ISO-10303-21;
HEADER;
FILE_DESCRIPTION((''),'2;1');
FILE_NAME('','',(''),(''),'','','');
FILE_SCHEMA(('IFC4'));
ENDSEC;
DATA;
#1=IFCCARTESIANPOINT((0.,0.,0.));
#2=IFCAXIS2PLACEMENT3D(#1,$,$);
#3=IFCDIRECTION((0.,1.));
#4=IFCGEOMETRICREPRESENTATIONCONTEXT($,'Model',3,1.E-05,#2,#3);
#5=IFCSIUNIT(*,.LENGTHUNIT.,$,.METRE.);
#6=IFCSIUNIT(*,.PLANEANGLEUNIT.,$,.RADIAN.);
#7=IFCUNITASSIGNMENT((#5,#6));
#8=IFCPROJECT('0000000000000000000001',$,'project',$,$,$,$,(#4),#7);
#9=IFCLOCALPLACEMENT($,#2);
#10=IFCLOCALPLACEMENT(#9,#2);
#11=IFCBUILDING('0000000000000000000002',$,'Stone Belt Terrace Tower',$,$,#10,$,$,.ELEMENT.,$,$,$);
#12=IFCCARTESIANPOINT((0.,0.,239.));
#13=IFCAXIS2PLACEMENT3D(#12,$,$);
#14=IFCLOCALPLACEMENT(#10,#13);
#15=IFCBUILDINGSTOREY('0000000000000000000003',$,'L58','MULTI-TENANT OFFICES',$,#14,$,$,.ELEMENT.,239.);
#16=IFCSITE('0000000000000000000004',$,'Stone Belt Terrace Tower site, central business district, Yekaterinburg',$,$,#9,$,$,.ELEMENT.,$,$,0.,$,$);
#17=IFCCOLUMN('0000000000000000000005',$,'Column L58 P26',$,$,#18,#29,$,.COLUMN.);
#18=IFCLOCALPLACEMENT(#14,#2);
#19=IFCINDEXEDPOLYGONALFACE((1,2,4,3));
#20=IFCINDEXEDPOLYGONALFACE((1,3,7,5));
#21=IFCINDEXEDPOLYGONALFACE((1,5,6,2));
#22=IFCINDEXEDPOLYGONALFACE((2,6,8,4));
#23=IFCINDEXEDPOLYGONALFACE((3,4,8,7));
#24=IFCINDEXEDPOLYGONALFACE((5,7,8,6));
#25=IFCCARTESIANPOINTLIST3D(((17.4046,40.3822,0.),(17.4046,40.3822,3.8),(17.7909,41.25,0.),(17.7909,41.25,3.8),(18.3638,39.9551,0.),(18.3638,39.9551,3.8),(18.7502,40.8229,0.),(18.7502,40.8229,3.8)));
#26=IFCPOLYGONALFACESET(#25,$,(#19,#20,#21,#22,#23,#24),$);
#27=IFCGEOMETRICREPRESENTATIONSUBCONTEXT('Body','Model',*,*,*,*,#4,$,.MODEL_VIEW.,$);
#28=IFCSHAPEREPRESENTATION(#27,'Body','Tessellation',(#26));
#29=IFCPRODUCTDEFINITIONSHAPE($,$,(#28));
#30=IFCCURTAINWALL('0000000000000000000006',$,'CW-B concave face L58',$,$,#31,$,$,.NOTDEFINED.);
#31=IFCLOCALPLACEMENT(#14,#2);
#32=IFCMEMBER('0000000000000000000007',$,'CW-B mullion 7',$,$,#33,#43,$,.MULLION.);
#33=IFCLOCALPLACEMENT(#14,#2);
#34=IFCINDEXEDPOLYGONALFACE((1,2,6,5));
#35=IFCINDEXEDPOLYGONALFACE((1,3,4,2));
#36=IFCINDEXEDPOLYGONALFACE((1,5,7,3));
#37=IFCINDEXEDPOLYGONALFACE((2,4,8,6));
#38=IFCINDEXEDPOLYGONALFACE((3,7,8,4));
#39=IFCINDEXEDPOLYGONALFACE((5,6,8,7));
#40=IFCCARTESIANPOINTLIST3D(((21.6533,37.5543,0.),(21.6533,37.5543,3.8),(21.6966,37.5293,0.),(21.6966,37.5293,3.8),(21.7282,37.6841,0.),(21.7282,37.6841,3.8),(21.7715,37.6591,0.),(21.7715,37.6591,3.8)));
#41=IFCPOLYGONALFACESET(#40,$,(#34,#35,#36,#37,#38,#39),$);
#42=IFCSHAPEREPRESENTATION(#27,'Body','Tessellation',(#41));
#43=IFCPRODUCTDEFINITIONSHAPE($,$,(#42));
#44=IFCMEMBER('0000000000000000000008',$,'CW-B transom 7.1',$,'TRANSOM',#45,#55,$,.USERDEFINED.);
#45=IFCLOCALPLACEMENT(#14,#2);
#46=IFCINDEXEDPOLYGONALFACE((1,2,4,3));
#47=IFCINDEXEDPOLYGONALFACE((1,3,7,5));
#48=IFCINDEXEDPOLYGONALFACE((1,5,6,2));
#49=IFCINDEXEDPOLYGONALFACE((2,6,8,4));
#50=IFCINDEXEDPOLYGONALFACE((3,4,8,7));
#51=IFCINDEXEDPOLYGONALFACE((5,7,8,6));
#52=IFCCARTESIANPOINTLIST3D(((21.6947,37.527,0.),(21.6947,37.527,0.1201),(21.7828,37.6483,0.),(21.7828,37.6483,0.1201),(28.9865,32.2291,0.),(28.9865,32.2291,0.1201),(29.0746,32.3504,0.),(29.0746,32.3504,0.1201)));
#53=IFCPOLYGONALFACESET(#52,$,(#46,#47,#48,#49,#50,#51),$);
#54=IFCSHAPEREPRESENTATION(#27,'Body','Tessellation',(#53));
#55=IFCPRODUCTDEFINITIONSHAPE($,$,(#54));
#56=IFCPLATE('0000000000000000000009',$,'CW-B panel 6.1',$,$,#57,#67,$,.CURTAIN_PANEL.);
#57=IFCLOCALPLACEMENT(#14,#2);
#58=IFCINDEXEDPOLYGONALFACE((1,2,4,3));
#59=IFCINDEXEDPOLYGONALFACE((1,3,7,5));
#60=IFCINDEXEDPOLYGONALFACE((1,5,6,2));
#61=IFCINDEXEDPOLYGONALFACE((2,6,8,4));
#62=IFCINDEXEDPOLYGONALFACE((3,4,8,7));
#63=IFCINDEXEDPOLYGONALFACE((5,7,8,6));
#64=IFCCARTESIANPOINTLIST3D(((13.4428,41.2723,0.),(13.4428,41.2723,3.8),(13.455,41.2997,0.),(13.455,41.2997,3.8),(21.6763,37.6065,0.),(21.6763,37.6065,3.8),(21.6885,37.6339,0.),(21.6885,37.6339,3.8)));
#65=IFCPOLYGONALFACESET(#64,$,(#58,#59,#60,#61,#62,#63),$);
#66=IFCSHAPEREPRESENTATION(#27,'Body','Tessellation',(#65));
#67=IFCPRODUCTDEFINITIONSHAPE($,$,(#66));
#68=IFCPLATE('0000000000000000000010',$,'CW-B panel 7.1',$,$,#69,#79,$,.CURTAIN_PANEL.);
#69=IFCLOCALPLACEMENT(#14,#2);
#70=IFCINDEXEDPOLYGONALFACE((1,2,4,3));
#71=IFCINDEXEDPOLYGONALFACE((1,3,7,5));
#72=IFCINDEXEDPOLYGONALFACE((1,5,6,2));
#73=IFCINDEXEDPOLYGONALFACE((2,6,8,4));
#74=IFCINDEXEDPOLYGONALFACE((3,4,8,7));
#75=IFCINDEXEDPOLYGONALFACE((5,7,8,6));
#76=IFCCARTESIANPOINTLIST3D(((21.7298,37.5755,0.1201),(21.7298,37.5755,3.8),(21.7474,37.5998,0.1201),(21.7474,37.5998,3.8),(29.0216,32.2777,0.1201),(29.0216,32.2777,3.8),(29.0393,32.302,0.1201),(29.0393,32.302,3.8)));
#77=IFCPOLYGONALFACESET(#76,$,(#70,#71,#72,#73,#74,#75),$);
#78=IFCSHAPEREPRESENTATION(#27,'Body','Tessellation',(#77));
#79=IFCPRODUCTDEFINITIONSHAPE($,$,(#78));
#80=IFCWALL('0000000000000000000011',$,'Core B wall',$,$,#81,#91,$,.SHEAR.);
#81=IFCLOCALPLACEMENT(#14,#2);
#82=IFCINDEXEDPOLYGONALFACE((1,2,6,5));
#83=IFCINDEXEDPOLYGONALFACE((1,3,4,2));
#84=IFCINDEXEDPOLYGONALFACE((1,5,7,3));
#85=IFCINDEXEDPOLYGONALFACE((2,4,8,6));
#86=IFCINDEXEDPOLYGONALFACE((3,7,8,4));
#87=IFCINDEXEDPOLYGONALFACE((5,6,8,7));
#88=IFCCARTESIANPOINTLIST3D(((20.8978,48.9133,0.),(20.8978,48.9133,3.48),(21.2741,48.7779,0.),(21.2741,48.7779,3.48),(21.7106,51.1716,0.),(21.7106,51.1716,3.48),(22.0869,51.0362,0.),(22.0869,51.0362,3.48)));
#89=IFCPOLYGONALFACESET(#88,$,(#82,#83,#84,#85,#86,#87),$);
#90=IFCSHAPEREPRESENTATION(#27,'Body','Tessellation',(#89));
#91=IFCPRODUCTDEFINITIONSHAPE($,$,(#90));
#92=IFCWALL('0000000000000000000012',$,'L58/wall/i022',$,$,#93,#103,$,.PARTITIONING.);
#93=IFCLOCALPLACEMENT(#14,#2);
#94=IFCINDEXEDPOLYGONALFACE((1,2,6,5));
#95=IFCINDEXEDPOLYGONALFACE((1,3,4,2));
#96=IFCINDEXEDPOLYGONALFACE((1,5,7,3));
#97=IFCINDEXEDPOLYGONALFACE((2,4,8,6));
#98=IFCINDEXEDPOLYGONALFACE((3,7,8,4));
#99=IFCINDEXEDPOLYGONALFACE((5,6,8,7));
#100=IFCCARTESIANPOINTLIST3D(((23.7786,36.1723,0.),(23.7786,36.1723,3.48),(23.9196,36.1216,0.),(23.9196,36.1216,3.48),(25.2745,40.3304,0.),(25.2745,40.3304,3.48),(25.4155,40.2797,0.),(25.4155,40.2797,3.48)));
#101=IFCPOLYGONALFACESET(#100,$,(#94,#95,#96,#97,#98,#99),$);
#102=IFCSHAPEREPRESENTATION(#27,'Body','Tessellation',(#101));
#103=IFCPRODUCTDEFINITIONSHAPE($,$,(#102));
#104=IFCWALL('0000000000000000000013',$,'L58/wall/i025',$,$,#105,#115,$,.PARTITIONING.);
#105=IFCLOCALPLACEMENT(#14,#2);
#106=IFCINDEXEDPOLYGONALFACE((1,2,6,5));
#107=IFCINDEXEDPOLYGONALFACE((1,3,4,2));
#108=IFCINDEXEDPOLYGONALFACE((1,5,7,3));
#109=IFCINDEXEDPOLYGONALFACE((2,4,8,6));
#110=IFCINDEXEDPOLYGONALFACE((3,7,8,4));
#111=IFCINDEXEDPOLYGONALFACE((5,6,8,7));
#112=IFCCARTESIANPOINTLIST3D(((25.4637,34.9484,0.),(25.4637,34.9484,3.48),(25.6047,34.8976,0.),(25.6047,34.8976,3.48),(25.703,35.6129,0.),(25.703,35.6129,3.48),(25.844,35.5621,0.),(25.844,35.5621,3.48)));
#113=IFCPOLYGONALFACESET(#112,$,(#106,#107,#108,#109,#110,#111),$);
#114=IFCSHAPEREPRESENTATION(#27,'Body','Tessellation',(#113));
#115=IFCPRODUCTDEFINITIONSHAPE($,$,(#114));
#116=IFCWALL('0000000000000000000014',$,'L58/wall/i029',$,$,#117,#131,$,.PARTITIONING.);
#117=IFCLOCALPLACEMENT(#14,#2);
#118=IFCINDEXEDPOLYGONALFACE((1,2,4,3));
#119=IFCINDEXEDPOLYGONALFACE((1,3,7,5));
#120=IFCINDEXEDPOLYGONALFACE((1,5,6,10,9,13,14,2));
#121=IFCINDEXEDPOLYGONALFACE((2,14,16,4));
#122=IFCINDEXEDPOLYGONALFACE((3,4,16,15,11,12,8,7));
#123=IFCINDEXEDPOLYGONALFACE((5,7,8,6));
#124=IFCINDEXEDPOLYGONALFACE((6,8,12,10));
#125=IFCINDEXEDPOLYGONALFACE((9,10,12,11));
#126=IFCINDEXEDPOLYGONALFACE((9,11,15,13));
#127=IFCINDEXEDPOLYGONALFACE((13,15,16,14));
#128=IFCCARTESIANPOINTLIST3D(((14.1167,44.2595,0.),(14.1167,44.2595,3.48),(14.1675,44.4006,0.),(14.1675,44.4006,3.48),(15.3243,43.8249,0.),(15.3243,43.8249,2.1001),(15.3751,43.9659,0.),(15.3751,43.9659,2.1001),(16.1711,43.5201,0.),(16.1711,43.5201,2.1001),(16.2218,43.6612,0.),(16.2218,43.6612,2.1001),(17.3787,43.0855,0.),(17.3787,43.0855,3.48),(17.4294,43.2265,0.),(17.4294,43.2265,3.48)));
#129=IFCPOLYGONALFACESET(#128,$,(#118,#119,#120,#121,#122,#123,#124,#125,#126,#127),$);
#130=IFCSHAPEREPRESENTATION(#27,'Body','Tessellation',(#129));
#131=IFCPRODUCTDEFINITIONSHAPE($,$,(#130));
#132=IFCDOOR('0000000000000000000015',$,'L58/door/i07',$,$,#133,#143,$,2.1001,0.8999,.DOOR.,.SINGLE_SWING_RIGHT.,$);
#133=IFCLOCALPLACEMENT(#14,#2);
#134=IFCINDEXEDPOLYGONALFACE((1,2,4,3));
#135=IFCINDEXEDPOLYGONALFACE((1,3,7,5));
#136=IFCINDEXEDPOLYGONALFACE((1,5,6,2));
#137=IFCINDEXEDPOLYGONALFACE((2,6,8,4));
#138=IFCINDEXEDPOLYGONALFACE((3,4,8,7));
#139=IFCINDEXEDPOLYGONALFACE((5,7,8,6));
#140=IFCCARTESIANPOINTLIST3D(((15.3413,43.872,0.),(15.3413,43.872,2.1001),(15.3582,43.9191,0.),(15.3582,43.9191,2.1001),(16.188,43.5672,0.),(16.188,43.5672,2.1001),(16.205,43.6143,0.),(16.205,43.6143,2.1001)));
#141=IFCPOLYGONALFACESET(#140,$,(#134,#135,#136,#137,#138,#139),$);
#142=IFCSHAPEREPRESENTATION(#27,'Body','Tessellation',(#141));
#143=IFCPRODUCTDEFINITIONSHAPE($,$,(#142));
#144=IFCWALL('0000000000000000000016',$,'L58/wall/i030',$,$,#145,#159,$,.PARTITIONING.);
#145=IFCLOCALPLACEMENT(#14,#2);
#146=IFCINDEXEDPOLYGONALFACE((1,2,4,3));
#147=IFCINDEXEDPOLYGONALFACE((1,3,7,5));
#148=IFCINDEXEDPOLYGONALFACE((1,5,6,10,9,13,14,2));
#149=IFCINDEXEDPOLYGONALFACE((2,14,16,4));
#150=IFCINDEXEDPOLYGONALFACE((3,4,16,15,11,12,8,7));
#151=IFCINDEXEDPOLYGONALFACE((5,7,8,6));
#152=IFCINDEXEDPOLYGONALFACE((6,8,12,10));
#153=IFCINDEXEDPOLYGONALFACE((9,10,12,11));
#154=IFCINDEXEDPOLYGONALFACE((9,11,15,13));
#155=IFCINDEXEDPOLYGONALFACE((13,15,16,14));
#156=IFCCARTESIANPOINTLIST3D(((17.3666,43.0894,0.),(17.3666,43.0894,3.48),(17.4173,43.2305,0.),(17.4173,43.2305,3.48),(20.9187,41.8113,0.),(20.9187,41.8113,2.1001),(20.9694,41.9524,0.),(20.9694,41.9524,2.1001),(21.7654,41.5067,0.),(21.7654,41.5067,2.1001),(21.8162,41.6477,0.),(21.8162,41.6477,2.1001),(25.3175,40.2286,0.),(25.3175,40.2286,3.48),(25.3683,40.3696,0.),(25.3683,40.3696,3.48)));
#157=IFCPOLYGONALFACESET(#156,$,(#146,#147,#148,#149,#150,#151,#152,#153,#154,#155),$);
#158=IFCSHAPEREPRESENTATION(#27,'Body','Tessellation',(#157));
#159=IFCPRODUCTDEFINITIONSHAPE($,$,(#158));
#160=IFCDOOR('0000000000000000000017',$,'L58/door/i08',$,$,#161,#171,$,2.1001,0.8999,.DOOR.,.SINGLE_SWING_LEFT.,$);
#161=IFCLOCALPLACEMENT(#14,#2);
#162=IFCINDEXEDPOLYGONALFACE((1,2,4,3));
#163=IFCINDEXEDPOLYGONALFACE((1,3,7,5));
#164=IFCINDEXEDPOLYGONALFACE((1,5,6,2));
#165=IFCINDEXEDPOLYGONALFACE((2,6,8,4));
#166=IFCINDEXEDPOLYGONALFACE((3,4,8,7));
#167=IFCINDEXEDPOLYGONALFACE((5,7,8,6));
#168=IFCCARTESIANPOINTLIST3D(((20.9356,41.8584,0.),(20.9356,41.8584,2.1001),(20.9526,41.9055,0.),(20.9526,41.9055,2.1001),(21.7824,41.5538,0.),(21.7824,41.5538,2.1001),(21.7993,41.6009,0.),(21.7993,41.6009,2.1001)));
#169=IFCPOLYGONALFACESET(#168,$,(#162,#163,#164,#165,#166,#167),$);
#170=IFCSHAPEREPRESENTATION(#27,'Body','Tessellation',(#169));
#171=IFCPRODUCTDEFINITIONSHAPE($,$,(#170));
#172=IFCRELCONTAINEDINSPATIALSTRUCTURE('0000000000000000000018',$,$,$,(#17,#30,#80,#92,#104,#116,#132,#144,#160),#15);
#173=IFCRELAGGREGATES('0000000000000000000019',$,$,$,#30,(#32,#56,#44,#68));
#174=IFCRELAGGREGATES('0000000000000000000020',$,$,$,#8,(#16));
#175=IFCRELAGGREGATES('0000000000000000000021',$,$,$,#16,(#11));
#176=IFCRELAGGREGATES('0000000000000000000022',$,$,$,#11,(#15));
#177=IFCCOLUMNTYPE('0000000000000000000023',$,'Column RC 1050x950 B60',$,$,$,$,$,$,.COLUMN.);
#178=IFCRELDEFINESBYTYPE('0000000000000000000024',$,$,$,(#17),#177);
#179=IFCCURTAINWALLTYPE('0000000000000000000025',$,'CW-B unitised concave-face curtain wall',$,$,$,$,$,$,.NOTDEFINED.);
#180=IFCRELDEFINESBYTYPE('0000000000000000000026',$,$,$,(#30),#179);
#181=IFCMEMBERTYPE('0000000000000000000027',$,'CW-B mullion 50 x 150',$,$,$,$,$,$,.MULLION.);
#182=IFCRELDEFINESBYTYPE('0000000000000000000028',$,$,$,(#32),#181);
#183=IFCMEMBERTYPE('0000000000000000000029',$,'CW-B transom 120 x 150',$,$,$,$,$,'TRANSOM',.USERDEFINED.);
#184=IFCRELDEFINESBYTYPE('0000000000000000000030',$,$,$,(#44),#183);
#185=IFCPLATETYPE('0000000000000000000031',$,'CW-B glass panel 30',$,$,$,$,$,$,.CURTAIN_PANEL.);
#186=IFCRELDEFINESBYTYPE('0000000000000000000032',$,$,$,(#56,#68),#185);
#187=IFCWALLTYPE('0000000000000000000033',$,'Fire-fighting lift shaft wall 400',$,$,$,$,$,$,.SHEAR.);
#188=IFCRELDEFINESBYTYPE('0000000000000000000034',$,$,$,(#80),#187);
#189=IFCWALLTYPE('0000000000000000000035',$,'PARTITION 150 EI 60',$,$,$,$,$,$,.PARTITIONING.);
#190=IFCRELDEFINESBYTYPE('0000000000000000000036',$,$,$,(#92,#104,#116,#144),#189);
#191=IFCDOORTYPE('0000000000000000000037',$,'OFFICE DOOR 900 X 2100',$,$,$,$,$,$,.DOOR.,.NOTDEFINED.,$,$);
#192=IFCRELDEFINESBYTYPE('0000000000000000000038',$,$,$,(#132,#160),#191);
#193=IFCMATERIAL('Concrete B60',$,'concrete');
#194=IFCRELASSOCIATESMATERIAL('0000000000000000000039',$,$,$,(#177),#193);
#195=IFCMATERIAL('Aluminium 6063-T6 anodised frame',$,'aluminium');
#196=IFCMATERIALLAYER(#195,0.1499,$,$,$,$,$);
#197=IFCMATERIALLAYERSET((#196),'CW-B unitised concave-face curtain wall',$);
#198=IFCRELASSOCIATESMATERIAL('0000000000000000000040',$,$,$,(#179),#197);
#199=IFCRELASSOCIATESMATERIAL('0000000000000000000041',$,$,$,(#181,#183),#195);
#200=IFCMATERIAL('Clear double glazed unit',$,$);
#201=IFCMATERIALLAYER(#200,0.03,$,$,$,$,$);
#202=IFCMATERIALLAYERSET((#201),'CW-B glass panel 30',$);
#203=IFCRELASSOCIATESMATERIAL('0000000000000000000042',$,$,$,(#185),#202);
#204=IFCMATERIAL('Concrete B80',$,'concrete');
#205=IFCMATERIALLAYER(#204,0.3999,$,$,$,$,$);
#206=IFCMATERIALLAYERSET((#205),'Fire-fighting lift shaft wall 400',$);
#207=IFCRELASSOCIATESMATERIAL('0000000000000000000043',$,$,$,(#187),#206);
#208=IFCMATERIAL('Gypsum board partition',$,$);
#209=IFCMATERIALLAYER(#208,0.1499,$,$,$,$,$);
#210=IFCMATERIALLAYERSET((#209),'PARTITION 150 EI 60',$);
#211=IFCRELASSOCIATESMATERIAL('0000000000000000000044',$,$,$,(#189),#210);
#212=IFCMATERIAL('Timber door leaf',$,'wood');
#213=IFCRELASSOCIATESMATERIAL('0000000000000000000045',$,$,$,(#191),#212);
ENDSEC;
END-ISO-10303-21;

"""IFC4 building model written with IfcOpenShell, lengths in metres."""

from ifc_helpers import new_model, si_unit, direction, frame, frame_2d, origin, origin_2d, place, context, subcontext, project, spatial, rectangle, extrude, material, layer, layer_set, material_profile, profile_set, type_object, element, fill, aggregate, save


model = new_model("IFC4")

# Units and contexts
model_context = context("Model", 3, precision=1e-05, world=origin(), true_north=direction((0.0, 1.0)))
body_context = subcontext(model_context, "Body", "Model", "MODEL_VIEW")
ifc_project = project(units=[si_unit("LENGTHUNIT", "METRE"), si_unit("PLANEANGLEUNIT", "RADIAN")], contexts=[model_context])

# Site, building, storey
site_placement = place(None, origin())
site = spatial("IfcSite", under=ifc_project, at=site_placement, Name="Stone Belt Terrace Tower site, central business district, Yekaterinburg", CompositionType="ELEMENT", RefElevation=0.0)
building_placement = place(site_placement, origin())
building = spatial("IfcBuilding", under=site, at=building_placement, Name="Stone Belt Terrace Tower", CompositionType="ELEMENT")
storey_placement = place(building_placement, frame((0.0, 0.0, 239.0)))
storey = spatial("IfcBuildingStorey", under=building, at=storey_placement, Name="L58", Description="MULTI-TENANT OFFICES", CompositionType="ELEMENT", Elevation=239.0)

# Column
ifc_material_1 = material(Name="Concrete B60", Category="concrete")
ifc_material_profile_1 = material_profile(ifc_material_1, rectangle(XDim=1.05, YDim=0.95, at=origin_2d()), Name="RC 1050x950")
ifc_profile_set_1 = profile_set([ifc_material_profile_1], Name="Concrete B60")
column_type = type_object("IfcColumnType", Name="Column RC 1050x950 B60", PredefinedType="COLUMN", material=ifc_profile_set_1)
column_placement = place(storey_placement, frame((18.0774, 40.6025, 0.0), z_axis=(0.0, 0.0, 1.0), x_axis=(0.913545, -0.406737, 0.0)))
element("IfcColumn", 1, at=column_placement, inside=storey, type_object=column_type, Name="Column L58 P26", PredefinedType="COLUMN", context=body_context, shape_type="SweptSolid", body=[
    extrude(rectangle(XDim=1.05, YDim=0.95, at=origin_2d()), origin(), (0.0, 0.0, 1.0), 3.8),
])

# Curtain wall, members, plates
ifc_material_2 = material(Name="Aluminium 6063-T6 anodised frame", Category="aluminium")
ifc_layer_1 = layer(ifc_material_2, 0.1499)
ifc_layer_set_1 = layer_set([ifc_layer_1], Name="CW-B unitised concave-face curtain wall")
curtain_wall_type = type_object("IfcCurtainWallType", Name="CW-B unitised concave-face curtain wall", PredefinedType="NOTDEFINED", material=ifc_layer_set_1)
curtain_wall_placement = place(storey_placement, origin())
curtain_wall = element("IfcCurtainWall", 2, at=curtain_wall_placement, inside=storey, type_object=curtain_wall_type, Name="CW-B concave face L58", PredefinedType="NOTDEFINED")
ifc_material_profile_2 = material_profile(ifc_material_2, rectangle(XDim=0.1499, YDim=0.05, at=origin_2d()), Name="Aluminium 6063-T6 50x150")
ifc_profile_set_2 = profile_set([ifc_material_profile_2], Name="Aluminium 6063-T6 anodised frame")
member_type_1 = type_object("IfcMemberType", Name="CW-B mullion 50 x 150", PredefinedType="MULLION", material=ifc_profile_set_2)
member_1_placement = place(storey_placement, frame((21.7124, 37.6067, 0.0), z_axis=(0.0, 0.0, 1.0), x_axis=(0.5, 0.866025, 0.0)))
member_1 = element("IfcMember", 3, at=member_1_placement, type_object=member_type_1, Name="CW-B mullion 7", PredefinedType="MULLION", context=body_context, shape_type="SweptSolid", body=[
    extrude(rectangle(XDim=0.1499, YDim=0.05, at=origin_2d()), origin(), (0.0, 0.0, 1.0), 3.8),
])
ifc_material_profile_3 = material_profile(ifc_material_2, rectangle(XDim=0.1499, YDim=0.1201, at=origin_2d()), Name="Aluminium 6063-T6 150x120")
ifc_profile_set_3 = profile_set([ifc_material_profile_3], Name="Aluminium 6063-T6 anodised frame")
member_type_2 = type_object("IfcMemberType", Name="CW-B transom 120 x 150", ElementType="TRANSOM", PredefinedType="USERDEFINED", material=ifc_profile_set_3)
member_2_placement = place(storey_placement, frame((21.7388, 37.5876, 0.0601), z_axis=(0.809012, -0.587792, 0.0), x_axis=(0.587792, 0.809012, 0.0)))
member_2 = element("IfcMember", 4, at=member_2_placement, type_object=member_type_2, Name="CW-B transom 7.1", ObjectType="TRANSOM", PredefinedType="USERDEFINED", context=body_context, shape_type="SweptSolid", body=[
    extrude(rectangle(XDim=0.1499, YDim=0.1201, at=origin_2d()), origin(), (0.0, 0.0, 1.0), 9.0132),
])
ifc_material_3 = material(Name="Clear double glazed unit")
ifc_layer_2 = layer(ifc_material_3, 0.03)
ifc_layer_set_2 = layer_set([ifc_layer_2], Name="CW-B glass panel 30")
plate_type = type_object("IfcPlateType", Name="CW-B glass panel 30", PredefinedType="CURTAIN_PANEL", material=ifc_layer_set_2)
plate_1_placement = place(storey_placement, frame((17.5657, 39.4531, 0.0), z_axis=(0.0, 0.0, 1.0), x_axis=(0.913545, -0.406737, 0.0)))
plate_1 = element("IfcPlate", 5, at=plate_1_placement, type_object=plate_type, Name="CW-B panel 6.1", PredefinedType="CURTAIN_PANEL", context=body_context, shape_type="SweptSolid", body=[
    extrude(rectangle(XDim=9.0127, YDim=0.03, at=origin_2d()), origin(), (0.0, 0.0, 1.0), 3.8),
])
plate_2_placement = place(storey_placement, frame((25.3845, 34.9387, 0.1201), z_axis=(0.0, 0.0, 1.0), x_axis=(0.809017, -0.587785, 0.0)))
plate_2 = element("IfcPlate", 6, at=plate_2_placement, type_object=plate_type, Name="CW-B panel 7.1", PredefinedType="CURTAIN_PANEL", context=body_context, shape_type="SweptSolid", body=[
    extrude(rectangle(XDim=9.0132, YDim=0.03, at=origin_2d()), origin(), (0.0, 0.0, 1.0), 3.6799),
])
aggregate(curtain_wall, [member_1, plate_1, member_2, plate_2])

# Walls
ifc_material_4 = material(Name="Concrete B80", Category="concrete")
ifc_layer_3 = layer(ifc_material_4, 0.3999)
ifc_layer_set_3 = layer_set([ifc_layer_3], Name="Fire-fighting lift shaft wall 400")
wall_type_1 = type_object("IfcWallType", Name="Fire-fighting lift shaft wall 400", PredefinedType="SHEAR", material=ifc_layer_set_3)
wall_1_placement = place(storey_placement, frame((21.0859, 48.8455, 0.0), z_axis=(0.0, 0.0, 1.0), x_axis=(0.338629, 0.94092, 0.0)))
element("IfcWall", 7, at=wall_1_placement, inside=storey, type_object=wall_type_1, Name="Core B wall", PredefinedType="SHEAR", context=body_context, shape_type="SweptSolid", body=[
    extrude(rectangle(XDim=2.4001, YDim=0.3999, at=frame_2d((1.2002, 0.0))), origin(), (0.0, 0.0, 1.0), 3.48),
])
ifc_material_5 = material(Name="Gypsum board partition")
ifc_layer_4 = layer(ifc_material_5, 0.1499)
ifc_layer_set_4 = layer_set([ifc_layer_4], Name="PARTITION 150 EI 60")
wall_type_2 = type_object("IfcWallType", Name="PARTITION 150 EI 60", PredefinedType="PARTITIONING", material=ifc_layer_set_4)
wall_2_placement = place(storey_placement, frame((23.8491, 36.147, 0.0), z_axis=(0.0, 0.0, 1.0), x_axis=(0.338516, 0.940961, 0.0)))
element("IfcWall", 8, at=wall_2_placement, inside=storey, type_object=wall_type_2, Name="L58/wall/i022", PredefinedType="PARTITIONING", context=body_context, shape_type="SweptSolid", body=[
    extrude(rectangle(XDim=4.4189, YDim=0.1499, at=frame_2d((2.2095, 0.0))), origin(), (0.0, 0.0, 1.0), 3.48),
])
wall_3_placement = place(storey_placement, frame((25.7734, 35.5874, 0.0), z_axis=(0.0, 0.0, 1.0), x_axis=(-0.338744, -0.940879, 0.0)))
element("IfcWall", 9, at=wall_3_placement, inside=storey, type_object=wall_type_2, Name="L58/wall/i025", PredefinedType="PARTITIONING", context=body_context, shape_type="SweptSolid", body=[
    extrude(rectangle(XDim=0.7063, YDim=0.1499, at=frame_2d((0.353, 0.0))), origin(), (0.0, 0.0, 1.0), 3.48),
])

# Walls, openings, doors
wall_4_placement = place(storey_placement, frame((17.4041, 43.156, 0.0), z_axis=(0.0, 0.0, 1.0), x_axis=(-0.940909, 0.33866, 0.0)))
wall_4 = element("IfcWall", 10, at=wall_4_placement, inside=storey, type_object=wall_type_2, Name="L58/wall/i029", PredefinedType="PARTITIONING", context=body_context, shape_type="SweptSolid", body=[
    extrude(rectangle(XDim=3.4668, YDim=0.1499, at=frame_2d((1.7334, 0.0))), origin(), (0.0, 0.0, 1.0), 3.48),
])
opening_1_placement = place(wall_4_placement, frame((1.2834, 0.0, 0.0)))
opening_1 = element("IfcOpeningElement", 11, at=opening_1_placement, cuts=wall_4, PredefinedType="OPENING", context=body_context, shape_type="SweptSolid", body=[
    extrude(rectangle(XDim=0.8999, YDim=2.1001, at=frame_2d((0.45, 1.05))), frame((0.0, 0.085, 0.0), z_axis=(0.0, -1.0, 0.0), x_axis=(1.0, 0.0, 0.0)), (0.0, 0.0, 1.0), 0.1699),
])
ifc_material_6 = material(Name="Timber door leaf", Category="wood")
door_type_1 = type_object("IfcDoorType", Name="OFFICE DOOR 900 X 2100", OperationType="NOTDEFINED", PredefinedType="DOOR", material=ifc_material_6)
door_1_placement = place(opening_1_placement, origin())
door_1 = element("IfcDoor", 12, at=door_1_placement, inside=storey, type_object=door_type_1, Name="L58/door/i07", OperationType="SINGLE_SWING_RIGHT", OverallHeight=2.1001, OverallWidth=0.8999, PredefinedType="DOOR", context=body_context, shape_type="SweptSolid", body=[
    extrude(rectangle(XDim=0.8999, YDim=2.1001, at=frame_2d((0.45, 1.05))), frame((0.0, 0.0249, 0.0), z_axis=(0.0, -1.0, 0.0), x_axis=(1.0, 0.0, 0.0)), (0.0, 0.0, 1.0), 0.05),
])
fill(opening_1, door_1)
wall_5_placement = place(storey_placement, frame((25.343, 40.2991, 0.0), z_axis=(0.0, 0.0, 1.0), x_axis=(-0.940944, 0.338563, 0.0)))
wall_5 = element("IfcWall", 13, at=wall_5_placement, inside=storey, type_object=wall_type_2, Name="L58/wall/i030", PredefinedType="PARTITIONING", context=body_context, shape_type="SweptSolid", body=[
    extrude(rectangle(XDim=8.45, YDim=0.1499, at=frame_2d((4.2251, 0.0))), origin(), (0.0, 0.0, 1.0), 3.48),
])
opening_2_placement = place(wall_5_placement, frame((3.7751, 0.0, 0.0)))
opening_2 = element("IfcOpeningElement", 14, at=opening_2_placement, cuts=wall_5, PredefinedType="OPENING", context=body_context, shape_type="SweptSolid", body=[
    extrude(rectangle(XDim=0.8999, YDim=2.1001, at=frame_2d((0.45, 1.05))), frame((0.0, 0.085, 0.0), z_axis=(0.0, -1.0, 0.0), x_axis=(1.0, 0.0, 0.0)), (0.0, 0.0, 1.0), 0.1699),
])
door_2_placement = place(opening_2_placement, origin())
door_2 = element("IfcDoor", 15, at=door_2_placement, inside=storey, type_object=door_type_1, Name="L58/door/i08", OperationType="SINGLE_SWING_LEFT", OverallHeight=2.1001, OverallWidth=0.8999, PredefinedType="DOOR", context=body_context, shape_type="SweptSolid", body=[
    extrude(rectangle(XDim=0.8999, YDim=2.1001, at=frame_2d((0.45, 1.05))), frame((0.0, 0.0249, 0.0), z_axis=(0.0, -1.0, 0.0), x_axis=(1.0, 0.0, 0.0)), (0.0, 0.0, 1.0), 0.05),
])
fill(opening_2, door_2)

save(model, "model.ifc")
